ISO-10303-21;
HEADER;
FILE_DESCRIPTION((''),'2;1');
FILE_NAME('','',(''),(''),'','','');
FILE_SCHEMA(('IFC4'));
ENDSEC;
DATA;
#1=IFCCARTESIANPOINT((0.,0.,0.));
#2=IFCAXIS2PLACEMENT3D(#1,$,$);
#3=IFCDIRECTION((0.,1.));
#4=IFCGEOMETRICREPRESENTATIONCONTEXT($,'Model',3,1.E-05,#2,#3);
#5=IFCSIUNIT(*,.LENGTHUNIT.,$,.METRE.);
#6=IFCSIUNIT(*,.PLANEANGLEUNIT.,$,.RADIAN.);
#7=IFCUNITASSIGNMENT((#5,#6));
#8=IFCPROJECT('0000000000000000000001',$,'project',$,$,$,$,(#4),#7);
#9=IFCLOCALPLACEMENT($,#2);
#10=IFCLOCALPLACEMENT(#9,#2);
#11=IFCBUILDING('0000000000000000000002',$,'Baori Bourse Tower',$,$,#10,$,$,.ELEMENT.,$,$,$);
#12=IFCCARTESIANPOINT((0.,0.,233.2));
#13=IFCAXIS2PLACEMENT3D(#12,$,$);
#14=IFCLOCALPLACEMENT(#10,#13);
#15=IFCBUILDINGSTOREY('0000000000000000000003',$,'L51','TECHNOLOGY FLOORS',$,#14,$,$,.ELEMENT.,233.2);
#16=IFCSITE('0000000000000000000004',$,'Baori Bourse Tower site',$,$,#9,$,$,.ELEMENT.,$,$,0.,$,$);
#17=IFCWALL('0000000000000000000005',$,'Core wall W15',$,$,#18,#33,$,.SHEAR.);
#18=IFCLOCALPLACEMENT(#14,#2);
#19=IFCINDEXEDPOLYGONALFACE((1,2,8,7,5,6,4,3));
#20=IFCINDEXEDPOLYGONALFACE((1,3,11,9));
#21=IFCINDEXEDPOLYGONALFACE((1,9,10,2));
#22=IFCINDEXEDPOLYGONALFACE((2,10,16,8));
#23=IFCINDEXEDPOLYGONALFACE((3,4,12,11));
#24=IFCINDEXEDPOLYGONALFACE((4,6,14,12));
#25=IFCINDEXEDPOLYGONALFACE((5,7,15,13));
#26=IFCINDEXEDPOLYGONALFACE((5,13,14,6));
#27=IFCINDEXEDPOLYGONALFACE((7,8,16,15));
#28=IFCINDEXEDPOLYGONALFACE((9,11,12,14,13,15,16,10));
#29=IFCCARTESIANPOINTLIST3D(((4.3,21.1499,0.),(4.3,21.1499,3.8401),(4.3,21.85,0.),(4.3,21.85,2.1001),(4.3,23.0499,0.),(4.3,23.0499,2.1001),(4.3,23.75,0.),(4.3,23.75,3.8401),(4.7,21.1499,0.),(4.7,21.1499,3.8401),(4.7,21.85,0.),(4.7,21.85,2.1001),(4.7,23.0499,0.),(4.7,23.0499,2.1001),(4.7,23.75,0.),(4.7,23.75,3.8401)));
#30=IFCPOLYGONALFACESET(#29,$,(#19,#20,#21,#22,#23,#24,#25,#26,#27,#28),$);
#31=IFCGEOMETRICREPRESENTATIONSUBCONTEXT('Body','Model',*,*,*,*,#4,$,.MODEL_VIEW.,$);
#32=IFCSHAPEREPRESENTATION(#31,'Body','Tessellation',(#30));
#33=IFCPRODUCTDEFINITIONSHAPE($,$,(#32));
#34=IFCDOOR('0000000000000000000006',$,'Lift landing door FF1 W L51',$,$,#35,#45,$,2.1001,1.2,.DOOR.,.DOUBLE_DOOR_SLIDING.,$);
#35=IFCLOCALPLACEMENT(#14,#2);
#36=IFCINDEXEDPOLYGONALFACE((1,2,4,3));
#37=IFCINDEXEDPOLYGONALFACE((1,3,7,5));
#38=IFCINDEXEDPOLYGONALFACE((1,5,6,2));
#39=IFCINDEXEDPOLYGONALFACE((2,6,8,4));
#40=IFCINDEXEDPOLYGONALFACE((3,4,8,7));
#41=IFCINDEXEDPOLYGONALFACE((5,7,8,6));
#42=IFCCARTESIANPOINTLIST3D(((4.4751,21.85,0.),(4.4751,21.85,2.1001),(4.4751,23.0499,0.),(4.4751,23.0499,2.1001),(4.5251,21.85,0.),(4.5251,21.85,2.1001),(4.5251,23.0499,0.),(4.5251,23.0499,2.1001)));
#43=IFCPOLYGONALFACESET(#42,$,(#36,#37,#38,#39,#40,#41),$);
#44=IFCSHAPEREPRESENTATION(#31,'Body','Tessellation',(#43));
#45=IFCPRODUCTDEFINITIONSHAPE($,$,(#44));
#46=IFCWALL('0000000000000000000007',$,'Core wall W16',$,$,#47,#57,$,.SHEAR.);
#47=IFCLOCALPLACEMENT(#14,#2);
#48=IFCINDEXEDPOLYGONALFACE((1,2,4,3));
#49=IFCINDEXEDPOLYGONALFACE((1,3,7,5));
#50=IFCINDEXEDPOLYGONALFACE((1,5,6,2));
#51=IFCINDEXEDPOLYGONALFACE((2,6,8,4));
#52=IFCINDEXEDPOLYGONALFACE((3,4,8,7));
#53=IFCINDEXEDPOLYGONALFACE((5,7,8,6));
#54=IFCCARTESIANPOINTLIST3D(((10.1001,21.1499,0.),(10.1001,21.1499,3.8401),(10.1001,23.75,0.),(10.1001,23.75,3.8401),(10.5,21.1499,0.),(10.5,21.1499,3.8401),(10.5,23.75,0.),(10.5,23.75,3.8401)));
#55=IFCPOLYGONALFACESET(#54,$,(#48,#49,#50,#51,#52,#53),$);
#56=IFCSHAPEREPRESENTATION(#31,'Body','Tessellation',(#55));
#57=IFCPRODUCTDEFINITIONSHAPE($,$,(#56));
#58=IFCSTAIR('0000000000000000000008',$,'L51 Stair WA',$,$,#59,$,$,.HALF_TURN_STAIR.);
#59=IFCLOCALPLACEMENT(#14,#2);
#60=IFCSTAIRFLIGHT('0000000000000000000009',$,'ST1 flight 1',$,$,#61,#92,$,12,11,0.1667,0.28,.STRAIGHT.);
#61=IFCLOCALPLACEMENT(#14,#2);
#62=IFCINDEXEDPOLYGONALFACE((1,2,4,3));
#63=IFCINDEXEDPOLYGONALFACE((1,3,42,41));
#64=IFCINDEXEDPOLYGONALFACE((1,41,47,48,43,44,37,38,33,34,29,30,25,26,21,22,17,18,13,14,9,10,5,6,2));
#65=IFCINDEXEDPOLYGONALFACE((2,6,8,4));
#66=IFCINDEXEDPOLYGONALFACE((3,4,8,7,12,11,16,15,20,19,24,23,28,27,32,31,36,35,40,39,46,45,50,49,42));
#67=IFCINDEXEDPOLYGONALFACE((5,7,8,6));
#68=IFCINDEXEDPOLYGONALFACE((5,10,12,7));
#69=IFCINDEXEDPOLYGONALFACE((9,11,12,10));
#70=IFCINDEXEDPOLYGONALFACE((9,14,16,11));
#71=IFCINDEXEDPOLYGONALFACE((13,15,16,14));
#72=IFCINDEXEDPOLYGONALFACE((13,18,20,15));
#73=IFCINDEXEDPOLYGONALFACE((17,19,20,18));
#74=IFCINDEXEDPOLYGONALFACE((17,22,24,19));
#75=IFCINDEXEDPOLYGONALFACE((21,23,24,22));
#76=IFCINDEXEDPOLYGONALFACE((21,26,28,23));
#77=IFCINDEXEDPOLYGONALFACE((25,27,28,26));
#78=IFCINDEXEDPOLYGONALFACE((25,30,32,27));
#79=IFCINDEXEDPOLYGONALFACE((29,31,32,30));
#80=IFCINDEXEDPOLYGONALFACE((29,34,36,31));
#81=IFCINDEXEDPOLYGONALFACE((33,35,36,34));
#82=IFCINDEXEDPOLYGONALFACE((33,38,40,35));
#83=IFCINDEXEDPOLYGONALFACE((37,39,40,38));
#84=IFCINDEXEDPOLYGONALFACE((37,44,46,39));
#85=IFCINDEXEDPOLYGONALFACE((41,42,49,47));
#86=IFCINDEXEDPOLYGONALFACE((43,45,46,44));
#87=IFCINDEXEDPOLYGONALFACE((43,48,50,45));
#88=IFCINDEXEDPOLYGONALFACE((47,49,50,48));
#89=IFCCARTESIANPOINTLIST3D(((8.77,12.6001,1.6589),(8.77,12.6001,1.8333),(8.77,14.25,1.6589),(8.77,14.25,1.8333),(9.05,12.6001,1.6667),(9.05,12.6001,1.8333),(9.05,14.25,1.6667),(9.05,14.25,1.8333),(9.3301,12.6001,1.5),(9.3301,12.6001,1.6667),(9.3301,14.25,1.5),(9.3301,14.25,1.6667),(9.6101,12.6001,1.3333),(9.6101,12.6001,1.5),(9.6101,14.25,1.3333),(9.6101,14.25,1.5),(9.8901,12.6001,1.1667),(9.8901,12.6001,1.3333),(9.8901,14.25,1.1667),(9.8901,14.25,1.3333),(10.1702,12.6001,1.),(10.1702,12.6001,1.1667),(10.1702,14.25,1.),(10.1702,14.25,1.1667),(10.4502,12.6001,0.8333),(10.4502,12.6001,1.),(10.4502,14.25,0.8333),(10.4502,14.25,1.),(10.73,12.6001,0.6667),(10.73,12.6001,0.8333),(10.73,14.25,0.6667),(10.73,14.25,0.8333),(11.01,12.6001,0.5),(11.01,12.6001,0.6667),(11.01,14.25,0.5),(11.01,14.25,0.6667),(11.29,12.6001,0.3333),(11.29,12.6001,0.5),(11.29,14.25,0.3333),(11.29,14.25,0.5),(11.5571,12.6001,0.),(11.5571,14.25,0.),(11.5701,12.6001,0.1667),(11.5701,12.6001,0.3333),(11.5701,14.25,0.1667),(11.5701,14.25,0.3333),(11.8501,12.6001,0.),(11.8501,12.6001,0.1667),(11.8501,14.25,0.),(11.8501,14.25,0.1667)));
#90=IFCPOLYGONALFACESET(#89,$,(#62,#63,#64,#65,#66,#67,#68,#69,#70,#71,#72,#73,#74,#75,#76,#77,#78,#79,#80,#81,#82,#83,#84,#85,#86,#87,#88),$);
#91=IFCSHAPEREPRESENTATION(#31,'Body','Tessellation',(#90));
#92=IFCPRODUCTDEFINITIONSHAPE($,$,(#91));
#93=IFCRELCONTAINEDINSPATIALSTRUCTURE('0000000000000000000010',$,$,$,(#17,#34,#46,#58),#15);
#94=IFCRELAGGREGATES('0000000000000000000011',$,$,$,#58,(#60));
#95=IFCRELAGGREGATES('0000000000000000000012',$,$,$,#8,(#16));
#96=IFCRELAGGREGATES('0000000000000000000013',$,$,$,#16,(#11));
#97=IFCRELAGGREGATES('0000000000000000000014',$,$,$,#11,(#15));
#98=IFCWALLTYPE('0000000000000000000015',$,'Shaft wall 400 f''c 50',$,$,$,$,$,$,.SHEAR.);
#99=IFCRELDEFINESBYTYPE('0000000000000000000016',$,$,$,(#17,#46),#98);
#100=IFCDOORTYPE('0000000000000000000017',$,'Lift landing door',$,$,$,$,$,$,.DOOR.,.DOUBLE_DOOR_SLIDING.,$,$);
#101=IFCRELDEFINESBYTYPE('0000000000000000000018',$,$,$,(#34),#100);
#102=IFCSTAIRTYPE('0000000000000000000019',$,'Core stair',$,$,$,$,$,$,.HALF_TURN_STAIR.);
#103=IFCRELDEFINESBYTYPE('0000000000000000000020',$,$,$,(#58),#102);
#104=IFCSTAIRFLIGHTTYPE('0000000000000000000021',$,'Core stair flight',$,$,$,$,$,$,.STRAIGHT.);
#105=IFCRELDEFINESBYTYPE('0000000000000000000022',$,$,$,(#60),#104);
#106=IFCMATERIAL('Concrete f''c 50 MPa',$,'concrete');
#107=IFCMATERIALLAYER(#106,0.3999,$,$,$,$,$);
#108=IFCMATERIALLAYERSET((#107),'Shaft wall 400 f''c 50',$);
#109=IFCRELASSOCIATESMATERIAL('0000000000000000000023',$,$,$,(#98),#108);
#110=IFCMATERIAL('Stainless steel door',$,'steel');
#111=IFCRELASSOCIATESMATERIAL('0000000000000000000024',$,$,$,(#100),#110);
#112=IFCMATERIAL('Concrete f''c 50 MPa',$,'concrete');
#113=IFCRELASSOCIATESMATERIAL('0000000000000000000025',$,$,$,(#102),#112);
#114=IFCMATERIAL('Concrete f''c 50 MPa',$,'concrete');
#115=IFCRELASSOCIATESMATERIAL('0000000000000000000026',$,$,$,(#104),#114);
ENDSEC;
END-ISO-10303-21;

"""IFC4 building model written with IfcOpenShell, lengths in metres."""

from ifc_helpers import new_model, si_unit, direction, frame, frame_2d, origin, place, context, subcontext, project, spatial, polyline, rectangle, outline, extrude, material, layer, layer_set, type_object, element, fill, aggregate, save


model = new_model("IFC4")

# Units and contexts
model_context = context("Model", 3, precision=1e-05, world=origin(), true_north=direction((0.0, 1.0)))
body_context = subcontext(model_context, "Body", "Model", "MODEL_VIEW")
ifc_project = project(units=[si_unit("LENGTHUNIT", "METRE"), si_unit("PLANEANGLEUNIT", "RADIAN")], contexts=[model_context])

# Site, building, storey
site_placement = place(None, origin())
site = spatial("IfcSite", under=ifc_project, at=site_placement, Name="Baori Bourse Tower site", CompositionType="ELEMENT", RefElevation=0.0)
building_placement = place(site_placement, origin())
building = spatial("IfcBuilding", under=site, at=building_placement, Name="Baori Bourse Tower", CompositionType="ELEMENT")
storey_placement = place(building_placement, frame((0.0, 0.0, 233.2)))
storey = spatial("IfcBuildingStorey", under=building, at=storey_placement, Name="L51", Description="TECHNOLOGY FLOORS", CompositionType="ELEMENT", Elevation=233.2)

# Shared definitions
ifc_material_1 = material(Name="Concrete f'c 50 MPa", Category="concrete")
ifc_layer_1 = layer(ifc_material_1, 0.3999)
ifc_layer_set_1 = layer_set([ifc_layer_1], Name="Shaft wall 400 f'c 50")
wall_type_1 = type_object("IfcWallType", Name="Shaft wall 400 f'c 50", PredefinedType="SHEAR", material=ifc_layer_set_1)

# Wall, opening, door
wall_1_placement = place(storey_placement, frame((4.5, 21.1499, 0.0), z_axis=(0.0, 0.0, 1.0), x_axis=(0.0, 1.0, 0.0)))
wall_1 = element("IfcWall", 1, at=wall_1_placement, inside=storey, type_object=wall_type_1, Name="Core wall W15", PredefinedType="SHEAR", context=body_context, shape_type="SweptSolid", body=[
    extrude(rectangle(XDim=2.6001, YDim=0.3999, at=frame_2d((1.3, 0.0))), origin(), (0.0, 0.0, 1.0), 3.8401),
])
opening_1_placement = place(wall_1_placement, frame((0.7, 0.0, 0.0)))
opening_1 = element("IfcOpeningElement", 2, at=opening_1_placement, cuts=wall_1, PredefinedType="OPENING", context=body_context, shape_type="SweptSolid", body=[
    extrude(rectangle(XDim=1.2, YDim=2.1001, at=frame_2d((0.6001, 1.05))), frame((0.0, 0.21, 0.0), z_axis=(0.0, -1.0, 0.0), x_axis=(1.0, 0.0, 0.0)), (0.0, 0.0, 1.0), 0.4199),
])
ifc_material_2 = material(Name="Stainless steel door", Category="steel")
door_type_1 = type_object("IfcDoorType", Name="Lift landing door", OperationType="DOUBLE_DOOR_SLIDING", PredefinedType="DOOR", material=ifc_material_2)
door_1_placement = place(opening_1_placement, origin())
door_1 = element("IfcDoor", 3, at=door_1_placement, inside=storey, type_object=door_type_1, Name="Lift landing door FF1 W L51", OperationType="DOUBLE_DOOR_SLIDING", OverallHeight=2.1001, OverallWidth=1.2, PredefinedType="DOOR", context=body_context, shape_type="SweptSolid", body=[
    extrude(rectangle(XDim=1.2, YDim=2.1001, at=frame_2d((0.6001, 1.05))), frame((0.0, 0.0249, 0.0), z_axis=(0.0, -1.0, 0.0), x_axis=(1.0, 0.0, 0.0)), (0.0, 0.0, 1.0), 0.05),
])
fill(opening_1, door_1)

# Wall
wall_2_placement = place(storey_placement, frame((10.3, 21.1499, 0.0), z_axis=(0.0, 0.0, 1.0), x_axis=(0.0, 1.0, 0.0)))
element("IfcWall", 4, at=wall_2_placement, inside=storey, type_object=wall_type_1, Name="Core wall W16", PredefinedType="SHEAR", context=body_context, shape_type="SweptSolid", body=[
    extrude(rectangle(XDim=2.6001, YDim=0.3999, at=frame_2d((1.3, 0.0))), origin(), (0.0, 0.0, 1.0), 3.8401),
])

# Stair, stair flight
ifc_material_3 = material(Name="Concrete f'c 50 MPa", Category="concrete")
stair_type = type_object("IfcStairType", Name="Core stair", PredefinedType="HALF_TURN_STAIR", material=ifc_material_3)
stair_placement = place(storey_placement, origin())
stair = element("IfcStair", 5, at=stair_placement, inside=storey, type_object=stair_type, Name="L51 Stair WA", PredefinedType="HALF_TURN_STAIR")
ifc_material_4 = material(Name="Concrete f'c 50 MPa", Category="concrete")
stair_flight_type = type_object("IfcStairFlightType", Name="Core stair flight", PredefinedType="STRAIGHT", material=ifc_material_4)
stair_flight_placement = place(storey_placement, frame((11.8501, 13.425, 0.0), z_axis=(0.0, 0.0, 1.0), x_axis=(-1.0, 0.0, 0.0)))
stair_flight = element("IfcStairFlight", 6, at=stair_flight_placement, type_object=stair_flight_type, Name="ST1 flight 1", NumberOfRisers=12, NumberOfTreads=11, PredefinedType="STRAIGHT", RiserHeight=0.1667, TreadLength=0.28, context=body_context, shape_type="SweptSolid", body=[
    extrude(outline(polyline([(0.0, 0.0), (0.0, 0.1667), (0.28, 0.1667), (0.28, 0.3333), (0.5601, 0.3333), (0.5601, 0.5), (0.8401, 0.5), (0.8401, 0.6667), (1.1201, 0.6667), (1.1201, 0.8333), (1.3999, 0.8333), (1.3999, 1.0), (1.6799, 1.0), (1.6799, 1.1667), (1.96, 1.1667), (1.96, 1.3333), (2.24, 1.3333), (2.24, 1.5), (2.52, 1.5), (2.52, 1.6667), (2.8, 1.6667), (2.8, 1.8333), (3.0801, 1.8333), (3.0801, 2.0), (3.0801, 1.6589), (0.293, 0.0), (0.0, 0.0)])), frame((0.0, 0.825, 0.0), z_axis=(0.0, -1.0, 0.0), x_axis=(1.0, 0.0, 0.0)), (0.0, 0.0, 1.0), 1.6499),
])
aggregate(stair, [stair_flight])

save(model, "model.ifc")
